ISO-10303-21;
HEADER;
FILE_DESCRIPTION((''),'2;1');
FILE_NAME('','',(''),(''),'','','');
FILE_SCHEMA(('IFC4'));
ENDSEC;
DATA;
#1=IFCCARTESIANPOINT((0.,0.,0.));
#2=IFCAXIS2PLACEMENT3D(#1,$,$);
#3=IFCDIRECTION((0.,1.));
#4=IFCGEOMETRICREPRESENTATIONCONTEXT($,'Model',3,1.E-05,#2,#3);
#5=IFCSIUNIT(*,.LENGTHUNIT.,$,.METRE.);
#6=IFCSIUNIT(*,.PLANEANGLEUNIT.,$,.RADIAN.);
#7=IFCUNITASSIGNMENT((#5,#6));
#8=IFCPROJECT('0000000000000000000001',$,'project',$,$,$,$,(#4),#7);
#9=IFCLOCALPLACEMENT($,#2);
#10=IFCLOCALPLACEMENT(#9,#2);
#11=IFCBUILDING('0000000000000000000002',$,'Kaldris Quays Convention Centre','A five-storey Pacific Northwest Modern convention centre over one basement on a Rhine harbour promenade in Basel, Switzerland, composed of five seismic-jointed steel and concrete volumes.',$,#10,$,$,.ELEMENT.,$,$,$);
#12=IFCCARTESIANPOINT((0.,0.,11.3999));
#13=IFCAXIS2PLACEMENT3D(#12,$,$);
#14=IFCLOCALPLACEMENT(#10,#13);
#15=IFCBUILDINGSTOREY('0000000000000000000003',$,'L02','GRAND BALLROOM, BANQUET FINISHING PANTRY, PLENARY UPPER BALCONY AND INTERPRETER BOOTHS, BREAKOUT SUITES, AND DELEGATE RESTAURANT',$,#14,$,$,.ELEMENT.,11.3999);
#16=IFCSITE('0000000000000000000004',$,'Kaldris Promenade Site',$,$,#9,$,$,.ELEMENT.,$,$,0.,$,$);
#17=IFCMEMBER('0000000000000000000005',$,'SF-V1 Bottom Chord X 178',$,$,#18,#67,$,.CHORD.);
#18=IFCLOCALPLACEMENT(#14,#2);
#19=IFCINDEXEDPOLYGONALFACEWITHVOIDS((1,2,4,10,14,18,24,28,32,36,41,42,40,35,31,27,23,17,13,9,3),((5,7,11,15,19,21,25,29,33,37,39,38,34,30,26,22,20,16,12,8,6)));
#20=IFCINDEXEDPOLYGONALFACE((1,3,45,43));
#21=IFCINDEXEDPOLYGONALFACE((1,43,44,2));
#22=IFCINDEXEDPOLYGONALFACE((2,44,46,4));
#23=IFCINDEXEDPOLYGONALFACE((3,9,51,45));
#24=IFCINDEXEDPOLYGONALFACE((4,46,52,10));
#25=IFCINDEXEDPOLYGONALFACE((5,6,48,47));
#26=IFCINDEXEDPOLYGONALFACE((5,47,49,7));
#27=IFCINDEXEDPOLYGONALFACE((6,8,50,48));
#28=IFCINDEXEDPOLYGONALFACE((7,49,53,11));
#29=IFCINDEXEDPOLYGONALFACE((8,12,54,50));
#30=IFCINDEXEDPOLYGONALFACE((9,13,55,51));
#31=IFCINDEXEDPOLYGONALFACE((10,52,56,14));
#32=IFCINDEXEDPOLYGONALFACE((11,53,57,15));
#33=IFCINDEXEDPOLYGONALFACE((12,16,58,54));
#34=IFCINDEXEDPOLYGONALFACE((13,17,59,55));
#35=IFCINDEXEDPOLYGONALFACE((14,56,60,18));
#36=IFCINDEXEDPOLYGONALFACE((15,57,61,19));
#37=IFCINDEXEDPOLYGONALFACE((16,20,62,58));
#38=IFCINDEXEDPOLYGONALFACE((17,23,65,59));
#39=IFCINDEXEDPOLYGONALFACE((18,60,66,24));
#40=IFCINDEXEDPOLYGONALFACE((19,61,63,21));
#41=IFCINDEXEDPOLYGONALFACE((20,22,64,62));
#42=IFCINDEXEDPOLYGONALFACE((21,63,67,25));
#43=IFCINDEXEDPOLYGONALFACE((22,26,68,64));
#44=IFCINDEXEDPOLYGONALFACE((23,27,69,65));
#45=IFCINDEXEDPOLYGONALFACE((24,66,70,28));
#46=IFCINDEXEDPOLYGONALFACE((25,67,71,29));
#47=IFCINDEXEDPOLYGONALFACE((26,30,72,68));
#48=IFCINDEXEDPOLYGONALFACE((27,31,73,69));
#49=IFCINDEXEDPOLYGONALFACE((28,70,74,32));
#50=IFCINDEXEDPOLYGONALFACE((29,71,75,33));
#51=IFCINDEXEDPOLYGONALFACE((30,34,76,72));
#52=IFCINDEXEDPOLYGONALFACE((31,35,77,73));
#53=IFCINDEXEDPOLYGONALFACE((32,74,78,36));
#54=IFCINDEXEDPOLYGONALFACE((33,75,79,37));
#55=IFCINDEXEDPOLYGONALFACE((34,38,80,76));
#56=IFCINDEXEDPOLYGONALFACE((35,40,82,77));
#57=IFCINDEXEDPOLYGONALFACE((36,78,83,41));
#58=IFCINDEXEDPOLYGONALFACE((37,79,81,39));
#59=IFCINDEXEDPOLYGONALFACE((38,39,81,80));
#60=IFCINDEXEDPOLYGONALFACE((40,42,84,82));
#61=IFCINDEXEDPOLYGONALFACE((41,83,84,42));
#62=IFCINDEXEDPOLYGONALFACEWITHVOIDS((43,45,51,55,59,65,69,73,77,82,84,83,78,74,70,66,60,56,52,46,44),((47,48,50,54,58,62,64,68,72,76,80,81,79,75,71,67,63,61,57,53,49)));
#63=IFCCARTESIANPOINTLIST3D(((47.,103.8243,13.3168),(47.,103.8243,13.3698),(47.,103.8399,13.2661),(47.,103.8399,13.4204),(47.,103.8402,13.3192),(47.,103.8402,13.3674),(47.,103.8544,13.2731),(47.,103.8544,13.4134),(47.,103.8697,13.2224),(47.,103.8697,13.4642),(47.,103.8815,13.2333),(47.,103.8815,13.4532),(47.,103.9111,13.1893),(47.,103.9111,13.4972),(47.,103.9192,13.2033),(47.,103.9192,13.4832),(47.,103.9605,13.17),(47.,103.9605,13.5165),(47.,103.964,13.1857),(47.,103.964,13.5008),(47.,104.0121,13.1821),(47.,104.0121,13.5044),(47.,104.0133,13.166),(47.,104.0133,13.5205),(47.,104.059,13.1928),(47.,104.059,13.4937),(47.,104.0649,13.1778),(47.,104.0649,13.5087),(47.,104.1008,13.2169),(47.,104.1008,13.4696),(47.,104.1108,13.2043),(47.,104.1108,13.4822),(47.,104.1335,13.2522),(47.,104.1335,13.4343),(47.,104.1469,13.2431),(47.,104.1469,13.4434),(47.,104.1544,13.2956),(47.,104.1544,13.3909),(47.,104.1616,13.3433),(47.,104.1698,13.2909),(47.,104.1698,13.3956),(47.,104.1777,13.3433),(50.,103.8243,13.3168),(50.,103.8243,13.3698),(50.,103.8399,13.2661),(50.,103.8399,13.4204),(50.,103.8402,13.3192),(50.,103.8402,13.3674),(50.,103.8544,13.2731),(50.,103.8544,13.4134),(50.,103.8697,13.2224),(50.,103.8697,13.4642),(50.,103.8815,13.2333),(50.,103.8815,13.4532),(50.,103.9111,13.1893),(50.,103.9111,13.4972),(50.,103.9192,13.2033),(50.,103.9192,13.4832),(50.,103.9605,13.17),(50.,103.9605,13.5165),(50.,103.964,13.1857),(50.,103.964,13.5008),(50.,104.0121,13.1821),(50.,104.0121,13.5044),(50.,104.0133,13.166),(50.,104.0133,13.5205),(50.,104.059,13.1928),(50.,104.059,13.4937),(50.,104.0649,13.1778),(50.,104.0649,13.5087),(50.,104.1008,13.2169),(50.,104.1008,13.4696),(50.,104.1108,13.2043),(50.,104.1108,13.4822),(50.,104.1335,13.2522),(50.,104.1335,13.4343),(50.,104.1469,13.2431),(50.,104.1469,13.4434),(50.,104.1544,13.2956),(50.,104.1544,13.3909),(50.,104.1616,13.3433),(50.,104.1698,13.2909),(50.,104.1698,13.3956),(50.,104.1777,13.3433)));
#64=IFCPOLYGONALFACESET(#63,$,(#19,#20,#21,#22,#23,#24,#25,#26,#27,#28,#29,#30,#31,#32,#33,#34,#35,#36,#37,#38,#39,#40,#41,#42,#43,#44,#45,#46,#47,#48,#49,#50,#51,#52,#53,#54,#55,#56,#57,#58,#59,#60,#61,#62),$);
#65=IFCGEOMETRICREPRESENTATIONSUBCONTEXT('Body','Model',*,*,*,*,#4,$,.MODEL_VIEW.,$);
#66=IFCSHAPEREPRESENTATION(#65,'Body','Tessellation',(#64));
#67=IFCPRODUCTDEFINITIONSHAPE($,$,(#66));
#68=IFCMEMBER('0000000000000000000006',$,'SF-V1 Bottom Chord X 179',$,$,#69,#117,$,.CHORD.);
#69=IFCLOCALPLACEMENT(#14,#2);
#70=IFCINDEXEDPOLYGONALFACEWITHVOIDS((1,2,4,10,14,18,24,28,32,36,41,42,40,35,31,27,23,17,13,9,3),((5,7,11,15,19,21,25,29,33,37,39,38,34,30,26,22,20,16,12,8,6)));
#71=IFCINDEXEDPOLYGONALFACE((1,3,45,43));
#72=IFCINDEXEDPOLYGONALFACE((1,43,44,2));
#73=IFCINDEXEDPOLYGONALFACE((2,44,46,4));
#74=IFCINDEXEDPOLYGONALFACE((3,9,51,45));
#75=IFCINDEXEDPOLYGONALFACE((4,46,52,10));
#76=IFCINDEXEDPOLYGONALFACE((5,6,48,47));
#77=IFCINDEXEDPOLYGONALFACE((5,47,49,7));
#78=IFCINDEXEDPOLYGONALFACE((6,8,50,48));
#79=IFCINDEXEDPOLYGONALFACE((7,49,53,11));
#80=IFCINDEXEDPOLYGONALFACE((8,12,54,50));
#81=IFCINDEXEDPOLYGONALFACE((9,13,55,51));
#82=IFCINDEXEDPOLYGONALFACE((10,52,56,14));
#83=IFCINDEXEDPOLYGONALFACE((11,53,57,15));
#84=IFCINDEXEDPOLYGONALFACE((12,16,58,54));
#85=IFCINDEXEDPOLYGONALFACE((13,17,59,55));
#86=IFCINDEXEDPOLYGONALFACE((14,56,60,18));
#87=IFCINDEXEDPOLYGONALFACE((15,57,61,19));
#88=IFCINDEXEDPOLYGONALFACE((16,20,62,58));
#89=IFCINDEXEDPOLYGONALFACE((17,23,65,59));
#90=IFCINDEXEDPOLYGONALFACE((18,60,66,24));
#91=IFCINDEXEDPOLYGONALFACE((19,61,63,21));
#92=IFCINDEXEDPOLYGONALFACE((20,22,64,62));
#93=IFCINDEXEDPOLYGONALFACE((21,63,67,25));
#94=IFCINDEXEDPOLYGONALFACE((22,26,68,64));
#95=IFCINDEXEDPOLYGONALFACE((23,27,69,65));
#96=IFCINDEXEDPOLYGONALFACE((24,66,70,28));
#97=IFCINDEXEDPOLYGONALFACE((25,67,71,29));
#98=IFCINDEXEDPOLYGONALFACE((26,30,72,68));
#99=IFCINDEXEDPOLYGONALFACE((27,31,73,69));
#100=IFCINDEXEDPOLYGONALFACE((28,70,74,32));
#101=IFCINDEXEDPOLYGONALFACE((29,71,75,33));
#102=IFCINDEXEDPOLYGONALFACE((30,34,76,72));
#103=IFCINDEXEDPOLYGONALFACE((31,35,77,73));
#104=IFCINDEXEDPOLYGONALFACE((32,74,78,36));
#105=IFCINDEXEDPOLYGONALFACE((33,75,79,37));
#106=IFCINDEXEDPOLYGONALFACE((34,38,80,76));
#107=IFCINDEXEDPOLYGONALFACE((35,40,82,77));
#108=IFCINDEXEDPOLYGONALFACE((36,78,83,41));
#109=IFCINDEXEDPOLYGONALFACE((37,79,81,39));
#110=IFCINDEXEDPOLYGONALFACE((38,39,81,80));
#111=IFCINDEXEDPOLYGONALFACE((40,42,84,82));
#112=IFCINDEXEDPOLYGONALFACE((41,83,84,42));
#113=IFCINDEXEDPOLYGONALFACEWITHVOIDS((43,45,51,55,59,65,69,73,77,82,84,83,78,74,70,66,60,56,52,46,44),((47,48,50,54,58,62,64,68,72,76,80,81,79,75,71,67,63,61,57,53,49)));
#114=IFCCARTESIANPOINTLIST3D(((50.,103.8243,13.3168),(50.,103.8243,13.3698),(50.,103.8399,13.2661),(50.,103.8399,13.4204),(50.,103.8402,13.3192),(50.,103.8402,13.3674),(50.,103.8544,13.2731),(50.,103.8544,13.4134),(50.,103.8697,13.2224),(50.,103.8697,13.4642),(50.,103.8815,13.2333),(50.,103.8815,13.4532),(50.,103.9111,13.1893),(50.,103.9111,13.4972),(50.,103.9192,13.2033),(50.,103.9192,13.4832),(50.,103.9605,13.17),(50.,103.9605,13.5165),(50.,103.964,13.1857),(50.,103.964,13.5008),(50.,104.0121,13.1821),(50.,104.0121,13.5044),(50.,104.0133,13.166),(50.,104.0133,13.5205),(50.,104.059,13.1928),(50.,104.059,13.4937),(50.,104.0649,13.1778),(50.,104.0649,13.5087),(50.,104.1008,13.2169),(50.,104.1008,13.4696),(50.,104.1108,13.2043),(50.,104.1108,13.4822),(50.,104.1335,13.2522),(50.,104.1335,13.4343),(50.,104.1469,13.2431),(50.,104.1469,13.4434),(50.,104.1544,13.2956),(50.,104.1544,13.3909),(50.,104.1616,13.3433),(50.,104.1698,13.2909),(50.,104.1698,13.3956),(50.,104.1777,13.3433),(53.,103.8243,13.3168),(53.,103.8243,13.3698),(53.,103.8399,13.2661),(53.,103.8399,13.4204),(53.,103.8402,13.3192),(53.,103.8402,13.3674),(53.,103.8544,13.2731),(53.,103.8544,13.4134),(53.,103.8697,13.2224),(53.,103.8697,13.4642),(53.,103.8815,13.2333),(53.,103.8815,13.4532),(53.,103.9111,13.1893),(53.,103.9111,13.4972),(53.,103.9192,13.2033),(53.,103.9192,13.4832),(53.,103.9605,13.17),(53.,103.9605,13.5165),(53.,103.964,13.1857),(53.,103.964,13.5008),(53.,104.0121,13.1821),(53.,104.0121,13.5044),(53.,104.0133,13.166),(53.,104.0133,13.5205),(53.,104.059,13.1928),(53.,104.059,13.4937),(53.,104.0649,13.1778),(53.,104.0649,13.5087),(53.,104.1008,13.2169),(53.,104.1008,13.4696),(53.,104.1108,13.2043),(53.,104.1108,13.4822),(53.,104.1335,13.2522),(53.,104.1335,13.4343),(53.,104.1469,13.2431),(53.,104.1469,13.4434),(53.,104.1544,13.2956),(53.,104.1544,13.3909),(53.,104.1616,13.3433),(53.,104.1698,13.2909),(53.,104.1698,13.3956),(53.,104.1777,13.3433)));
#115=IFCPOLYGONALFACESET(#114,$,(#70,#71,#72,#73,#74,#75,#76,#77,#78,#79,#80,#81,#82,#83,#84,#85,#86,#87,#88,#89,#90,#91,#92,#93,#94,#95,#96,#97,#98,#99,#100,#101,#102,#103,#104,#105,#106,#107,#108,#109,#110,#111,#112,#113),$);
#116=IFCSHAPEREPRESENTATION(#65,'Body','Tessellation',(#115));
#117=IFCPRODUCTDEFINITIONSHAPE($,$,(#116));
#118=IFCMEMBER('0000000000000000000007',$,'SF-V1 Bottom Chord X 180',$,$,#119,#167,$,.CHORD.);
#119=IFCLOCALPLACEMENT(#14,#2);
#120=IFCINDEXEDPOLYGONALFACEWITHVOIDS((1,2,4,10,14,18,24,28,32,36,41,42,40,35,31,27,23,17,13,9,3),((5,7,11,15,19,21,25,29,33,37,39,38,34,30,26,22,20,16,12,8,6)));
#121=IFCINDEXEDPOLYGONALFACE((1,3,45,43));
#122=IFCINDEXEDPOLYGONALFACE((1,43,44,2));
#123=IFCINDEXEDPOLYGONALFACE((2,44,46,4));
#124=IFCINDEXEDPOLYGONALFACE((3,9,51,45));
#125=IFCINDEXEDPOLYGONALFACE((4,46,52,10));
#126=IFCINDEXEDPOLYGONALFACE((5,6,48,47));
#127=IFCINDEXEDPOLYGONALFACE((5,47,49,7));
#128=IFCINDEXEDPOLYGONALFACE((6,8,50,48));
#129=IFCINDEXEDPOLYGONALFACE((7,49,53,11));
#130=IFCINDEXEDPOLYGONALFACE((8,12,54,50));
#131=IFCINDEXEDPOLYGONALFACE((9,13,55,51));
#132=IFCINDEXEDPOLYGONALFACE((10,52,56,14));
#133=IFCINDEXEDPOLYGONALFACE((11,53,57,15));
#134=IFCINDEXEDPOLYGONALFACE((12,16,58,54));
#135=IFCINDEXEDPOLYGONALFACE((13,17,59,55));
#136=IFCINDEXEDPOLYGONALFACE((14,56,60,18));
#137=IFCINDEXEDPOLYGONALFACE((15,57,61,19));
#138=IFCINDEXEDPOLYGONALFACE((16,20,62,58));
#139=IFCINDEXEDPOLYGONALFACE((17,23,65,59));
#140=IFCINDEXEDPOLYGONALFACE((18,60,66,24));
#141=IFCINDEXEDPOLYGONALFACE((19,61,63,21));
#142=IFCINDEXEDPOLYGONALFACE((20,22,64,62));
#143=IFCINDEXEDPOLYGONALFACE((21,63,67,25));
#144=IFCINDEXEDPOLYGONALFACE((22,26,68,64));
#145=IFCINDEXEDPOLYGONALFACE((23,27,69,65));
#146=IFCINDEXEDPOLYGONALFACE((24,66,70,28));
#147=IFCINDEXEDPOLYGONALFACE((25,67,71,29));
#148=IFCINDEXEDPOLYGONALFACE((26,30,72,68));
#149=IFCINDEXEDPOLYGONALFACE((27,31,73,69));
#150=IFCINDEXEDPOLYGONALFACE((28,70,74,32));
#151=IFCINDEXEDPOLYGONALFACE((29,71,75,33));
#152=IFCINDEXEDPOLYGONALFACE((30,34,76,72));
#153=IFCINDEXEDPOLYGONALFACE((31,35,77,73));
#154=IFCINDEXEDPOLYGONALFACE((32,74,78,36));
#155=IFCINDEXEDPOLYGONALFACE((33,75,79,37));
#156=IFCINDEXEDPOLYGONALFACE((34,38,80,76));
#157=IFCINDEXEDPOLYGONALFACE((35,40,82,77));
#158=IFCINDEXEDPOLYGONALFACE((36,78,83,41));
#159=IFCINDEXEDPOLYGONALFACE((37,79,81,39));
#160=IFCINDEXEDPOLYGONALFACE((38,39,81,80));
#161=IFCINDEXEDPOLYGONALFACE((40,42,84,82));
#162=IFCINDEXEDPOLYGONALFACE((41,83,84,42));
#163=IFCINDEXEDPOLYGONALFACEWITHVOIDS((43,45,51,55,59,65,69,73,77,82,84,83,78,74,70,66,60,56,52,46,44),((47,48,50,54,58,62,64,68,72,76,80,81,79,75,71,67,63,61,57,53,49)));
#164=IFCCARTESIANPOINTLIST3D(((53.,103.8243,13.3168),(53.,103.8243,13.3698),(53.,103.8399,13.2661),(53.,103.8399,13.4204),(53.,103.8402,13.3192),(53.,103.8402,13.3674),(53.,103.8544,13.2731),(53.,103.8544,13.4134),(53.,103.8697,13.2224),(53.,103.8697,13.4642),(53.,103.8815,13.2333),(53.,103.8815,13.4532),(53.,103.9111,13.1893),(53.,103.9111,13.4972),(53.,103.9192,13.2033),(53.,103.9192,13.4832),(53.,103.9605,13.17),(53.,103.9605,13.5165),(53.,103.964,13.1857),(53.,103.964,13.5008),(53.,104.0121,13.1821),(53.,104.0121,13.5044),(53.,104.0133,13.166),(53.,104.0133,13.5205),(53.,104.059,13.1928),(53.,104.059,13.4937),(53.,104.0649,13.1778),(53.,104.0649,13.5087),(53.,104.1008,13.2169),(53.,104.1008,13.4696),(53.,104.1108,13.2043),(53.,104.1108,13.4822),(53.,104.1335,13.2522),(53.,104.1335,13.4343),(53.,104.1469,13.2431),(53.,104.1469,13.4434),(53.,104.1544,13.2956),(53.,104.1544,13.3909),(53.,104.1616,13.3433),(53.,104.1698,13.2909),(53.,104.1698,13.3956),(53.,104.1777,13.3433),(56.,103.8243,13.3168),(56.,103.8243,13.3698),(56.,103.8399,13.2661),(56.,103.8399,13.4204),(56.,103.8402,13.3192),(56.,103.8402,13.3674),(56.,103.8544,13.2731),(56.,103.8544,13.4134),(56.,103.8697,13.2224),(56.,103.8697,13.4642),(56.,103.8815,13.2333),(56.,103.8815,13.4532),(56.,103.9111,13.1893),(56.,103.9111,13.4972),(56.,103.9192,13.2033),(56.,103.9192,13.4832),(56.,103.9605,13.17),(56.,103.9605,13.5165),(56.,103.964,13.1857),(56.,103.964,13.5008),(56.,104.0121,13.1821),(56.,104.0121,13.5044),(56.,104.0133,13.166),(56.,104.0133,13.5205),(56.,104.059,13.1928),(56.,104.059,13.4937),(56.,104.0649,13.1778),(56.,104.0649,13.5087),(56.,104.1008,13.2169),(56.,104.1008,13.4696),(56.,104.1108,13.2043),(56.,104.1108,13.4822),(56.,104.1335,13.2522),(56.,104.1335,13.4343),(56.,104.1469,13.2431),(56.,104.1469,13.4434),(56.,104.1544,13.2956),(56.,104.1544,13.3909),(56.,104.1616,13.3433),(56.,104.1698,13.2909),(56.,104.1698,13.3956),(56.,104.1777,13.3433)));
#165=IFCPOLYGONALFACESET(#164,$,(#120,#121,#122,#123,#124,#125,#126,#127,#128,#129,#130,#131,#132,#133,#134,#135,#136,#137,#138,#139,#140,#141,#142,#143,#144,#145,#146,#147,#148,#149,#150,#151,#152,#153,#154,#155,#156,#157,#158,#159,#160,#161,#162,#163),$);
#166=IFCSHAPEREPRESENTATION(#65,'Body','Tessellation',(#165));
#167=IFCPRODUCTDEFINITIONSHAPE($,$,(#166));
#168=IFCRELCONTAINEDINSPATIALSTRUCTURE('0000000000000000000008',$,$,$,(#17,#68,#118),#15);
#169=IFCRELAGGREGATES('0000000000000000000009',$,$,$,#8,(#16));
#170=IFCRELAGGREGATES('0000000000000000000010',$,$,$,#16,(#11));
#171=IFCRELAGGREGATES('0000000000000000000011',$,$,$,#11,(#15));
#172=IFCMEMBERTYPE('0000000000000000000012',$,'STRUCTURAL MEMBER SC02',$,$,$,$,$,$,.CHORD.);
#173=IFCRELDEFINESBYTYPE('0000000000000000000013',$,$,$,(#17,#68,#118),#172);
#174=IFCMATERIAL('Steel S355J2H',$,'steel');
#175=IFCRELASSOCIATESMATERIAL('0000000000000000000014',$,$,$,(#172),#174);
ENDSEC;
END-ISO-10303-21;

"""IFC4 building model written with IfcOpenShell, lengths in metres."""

from ifc_helpers import new_model, si_unit, direction, frame, origin, origin_2d, place, context, subcontext, project, spatial, hollow_circle, extrude, material, material_profile, profile_set, type_object, element, save


model = new_model("IFC4")

# Units and contexts
model_context = context("Model", 3, precision=1e-05, world=origin(), true_north=direction((0.0, 1.0)))
body_context = subcontext(model_context, "Body", "Model", "MODEL_VIEW")
ifc_project = project(units=[si_unit("LENGTHUNIT", "METRE"), si_unit("PLANEANGLEUNIT", "RADIAN")], contexts=[model_context])

# Site, building, storey
site_placement = place(None, origin())
site = spatial("IfcSite", under=ifc_project, at=site_placement, Name="Kaldris Promenade Site", CompositionType="ELEMENT", RefElevation=0.0)
building_placement = place(site_placement, origin())
building = spatial("IfcBuilding", under=site, at=building_placement, Name="Kaldris Quays Convention Centre", Description="A five-storey Pacific Northwest Modern convention centre over one basement on a Rhine harbour promenade in Basel, Switzerland, composed of five seismic-jointed steel and concrete volumes.", CompositionType="ELEMENT")
storey_placement = place(building_placement, frame((0.0, 0.0, 11.3999)))
storey = spatial("IfcBuildingStorey", under=building, at=storey_placement, Name="L02", Description="GRAND BALLROOM, BANQUET FINISHING PANTRY, PLENARY UPPER BALCONY AND INTERPRETER BOOTHS, BREAKOUT SUITES, AND DELEGATE RESTAURANT", CompositionType="ELEMENT", Elevation=11.3999)

# Members
ifc_material = material(Name="Steel S355J2H", Category="steel")
ifc_material_profile_1 = material_profile(ifc_material, hollow_circle(Radius=0.1777, WallThickness=0.0161, at=origin_2d()), Name="CHS 355.6x16")
ifc_profile_set_1 = profile_set([ifc_material_profile_1], Name="Steel S355J2H")
member_type_1 = type_object("IfcMemberType", Name="STRUCTURAL MEMBER SC02", PredefinedType="CHORD", material=ifc_profile_set_1)
for number, where, z_axis, x_axis, name in (
    (1, (47.0, 104.0, 13.3433), (1.0, 0.0, 0.0), (0.0, 1.0, 0.0), "SF-V1 Bottom Chord X 178"),
    (2, (50.0, 104.0, 13.3433), (1.0, 0.0, 0.0), (0.0, 1.0, 0.0), "SF-V1 Bottom Chord X 179"),
    (3, (53.0, 104.0, 13.3433), (1.0, 0.0, 0.0), (0.0, 1.0, 0.0), "SF-V1 Bottom Chord X 180"),
):
    element("IfcMember", number, at=place(storey_placement, frame(where, z_axis=z_axis, x_axis=x_axis)), inside=storey, type_object=member_type_1, Name=name, PredefinedType="CHORD", context=body_context, shape_type="SweptSolid", body=[
        extrude(hollow_circle(Radius=0.1777, WallThickness=0.0161, at=origin_2d()), origin(), (0.0, 0.0, 1.0), 3.0),
    ])

save(model, "model.ifc")
